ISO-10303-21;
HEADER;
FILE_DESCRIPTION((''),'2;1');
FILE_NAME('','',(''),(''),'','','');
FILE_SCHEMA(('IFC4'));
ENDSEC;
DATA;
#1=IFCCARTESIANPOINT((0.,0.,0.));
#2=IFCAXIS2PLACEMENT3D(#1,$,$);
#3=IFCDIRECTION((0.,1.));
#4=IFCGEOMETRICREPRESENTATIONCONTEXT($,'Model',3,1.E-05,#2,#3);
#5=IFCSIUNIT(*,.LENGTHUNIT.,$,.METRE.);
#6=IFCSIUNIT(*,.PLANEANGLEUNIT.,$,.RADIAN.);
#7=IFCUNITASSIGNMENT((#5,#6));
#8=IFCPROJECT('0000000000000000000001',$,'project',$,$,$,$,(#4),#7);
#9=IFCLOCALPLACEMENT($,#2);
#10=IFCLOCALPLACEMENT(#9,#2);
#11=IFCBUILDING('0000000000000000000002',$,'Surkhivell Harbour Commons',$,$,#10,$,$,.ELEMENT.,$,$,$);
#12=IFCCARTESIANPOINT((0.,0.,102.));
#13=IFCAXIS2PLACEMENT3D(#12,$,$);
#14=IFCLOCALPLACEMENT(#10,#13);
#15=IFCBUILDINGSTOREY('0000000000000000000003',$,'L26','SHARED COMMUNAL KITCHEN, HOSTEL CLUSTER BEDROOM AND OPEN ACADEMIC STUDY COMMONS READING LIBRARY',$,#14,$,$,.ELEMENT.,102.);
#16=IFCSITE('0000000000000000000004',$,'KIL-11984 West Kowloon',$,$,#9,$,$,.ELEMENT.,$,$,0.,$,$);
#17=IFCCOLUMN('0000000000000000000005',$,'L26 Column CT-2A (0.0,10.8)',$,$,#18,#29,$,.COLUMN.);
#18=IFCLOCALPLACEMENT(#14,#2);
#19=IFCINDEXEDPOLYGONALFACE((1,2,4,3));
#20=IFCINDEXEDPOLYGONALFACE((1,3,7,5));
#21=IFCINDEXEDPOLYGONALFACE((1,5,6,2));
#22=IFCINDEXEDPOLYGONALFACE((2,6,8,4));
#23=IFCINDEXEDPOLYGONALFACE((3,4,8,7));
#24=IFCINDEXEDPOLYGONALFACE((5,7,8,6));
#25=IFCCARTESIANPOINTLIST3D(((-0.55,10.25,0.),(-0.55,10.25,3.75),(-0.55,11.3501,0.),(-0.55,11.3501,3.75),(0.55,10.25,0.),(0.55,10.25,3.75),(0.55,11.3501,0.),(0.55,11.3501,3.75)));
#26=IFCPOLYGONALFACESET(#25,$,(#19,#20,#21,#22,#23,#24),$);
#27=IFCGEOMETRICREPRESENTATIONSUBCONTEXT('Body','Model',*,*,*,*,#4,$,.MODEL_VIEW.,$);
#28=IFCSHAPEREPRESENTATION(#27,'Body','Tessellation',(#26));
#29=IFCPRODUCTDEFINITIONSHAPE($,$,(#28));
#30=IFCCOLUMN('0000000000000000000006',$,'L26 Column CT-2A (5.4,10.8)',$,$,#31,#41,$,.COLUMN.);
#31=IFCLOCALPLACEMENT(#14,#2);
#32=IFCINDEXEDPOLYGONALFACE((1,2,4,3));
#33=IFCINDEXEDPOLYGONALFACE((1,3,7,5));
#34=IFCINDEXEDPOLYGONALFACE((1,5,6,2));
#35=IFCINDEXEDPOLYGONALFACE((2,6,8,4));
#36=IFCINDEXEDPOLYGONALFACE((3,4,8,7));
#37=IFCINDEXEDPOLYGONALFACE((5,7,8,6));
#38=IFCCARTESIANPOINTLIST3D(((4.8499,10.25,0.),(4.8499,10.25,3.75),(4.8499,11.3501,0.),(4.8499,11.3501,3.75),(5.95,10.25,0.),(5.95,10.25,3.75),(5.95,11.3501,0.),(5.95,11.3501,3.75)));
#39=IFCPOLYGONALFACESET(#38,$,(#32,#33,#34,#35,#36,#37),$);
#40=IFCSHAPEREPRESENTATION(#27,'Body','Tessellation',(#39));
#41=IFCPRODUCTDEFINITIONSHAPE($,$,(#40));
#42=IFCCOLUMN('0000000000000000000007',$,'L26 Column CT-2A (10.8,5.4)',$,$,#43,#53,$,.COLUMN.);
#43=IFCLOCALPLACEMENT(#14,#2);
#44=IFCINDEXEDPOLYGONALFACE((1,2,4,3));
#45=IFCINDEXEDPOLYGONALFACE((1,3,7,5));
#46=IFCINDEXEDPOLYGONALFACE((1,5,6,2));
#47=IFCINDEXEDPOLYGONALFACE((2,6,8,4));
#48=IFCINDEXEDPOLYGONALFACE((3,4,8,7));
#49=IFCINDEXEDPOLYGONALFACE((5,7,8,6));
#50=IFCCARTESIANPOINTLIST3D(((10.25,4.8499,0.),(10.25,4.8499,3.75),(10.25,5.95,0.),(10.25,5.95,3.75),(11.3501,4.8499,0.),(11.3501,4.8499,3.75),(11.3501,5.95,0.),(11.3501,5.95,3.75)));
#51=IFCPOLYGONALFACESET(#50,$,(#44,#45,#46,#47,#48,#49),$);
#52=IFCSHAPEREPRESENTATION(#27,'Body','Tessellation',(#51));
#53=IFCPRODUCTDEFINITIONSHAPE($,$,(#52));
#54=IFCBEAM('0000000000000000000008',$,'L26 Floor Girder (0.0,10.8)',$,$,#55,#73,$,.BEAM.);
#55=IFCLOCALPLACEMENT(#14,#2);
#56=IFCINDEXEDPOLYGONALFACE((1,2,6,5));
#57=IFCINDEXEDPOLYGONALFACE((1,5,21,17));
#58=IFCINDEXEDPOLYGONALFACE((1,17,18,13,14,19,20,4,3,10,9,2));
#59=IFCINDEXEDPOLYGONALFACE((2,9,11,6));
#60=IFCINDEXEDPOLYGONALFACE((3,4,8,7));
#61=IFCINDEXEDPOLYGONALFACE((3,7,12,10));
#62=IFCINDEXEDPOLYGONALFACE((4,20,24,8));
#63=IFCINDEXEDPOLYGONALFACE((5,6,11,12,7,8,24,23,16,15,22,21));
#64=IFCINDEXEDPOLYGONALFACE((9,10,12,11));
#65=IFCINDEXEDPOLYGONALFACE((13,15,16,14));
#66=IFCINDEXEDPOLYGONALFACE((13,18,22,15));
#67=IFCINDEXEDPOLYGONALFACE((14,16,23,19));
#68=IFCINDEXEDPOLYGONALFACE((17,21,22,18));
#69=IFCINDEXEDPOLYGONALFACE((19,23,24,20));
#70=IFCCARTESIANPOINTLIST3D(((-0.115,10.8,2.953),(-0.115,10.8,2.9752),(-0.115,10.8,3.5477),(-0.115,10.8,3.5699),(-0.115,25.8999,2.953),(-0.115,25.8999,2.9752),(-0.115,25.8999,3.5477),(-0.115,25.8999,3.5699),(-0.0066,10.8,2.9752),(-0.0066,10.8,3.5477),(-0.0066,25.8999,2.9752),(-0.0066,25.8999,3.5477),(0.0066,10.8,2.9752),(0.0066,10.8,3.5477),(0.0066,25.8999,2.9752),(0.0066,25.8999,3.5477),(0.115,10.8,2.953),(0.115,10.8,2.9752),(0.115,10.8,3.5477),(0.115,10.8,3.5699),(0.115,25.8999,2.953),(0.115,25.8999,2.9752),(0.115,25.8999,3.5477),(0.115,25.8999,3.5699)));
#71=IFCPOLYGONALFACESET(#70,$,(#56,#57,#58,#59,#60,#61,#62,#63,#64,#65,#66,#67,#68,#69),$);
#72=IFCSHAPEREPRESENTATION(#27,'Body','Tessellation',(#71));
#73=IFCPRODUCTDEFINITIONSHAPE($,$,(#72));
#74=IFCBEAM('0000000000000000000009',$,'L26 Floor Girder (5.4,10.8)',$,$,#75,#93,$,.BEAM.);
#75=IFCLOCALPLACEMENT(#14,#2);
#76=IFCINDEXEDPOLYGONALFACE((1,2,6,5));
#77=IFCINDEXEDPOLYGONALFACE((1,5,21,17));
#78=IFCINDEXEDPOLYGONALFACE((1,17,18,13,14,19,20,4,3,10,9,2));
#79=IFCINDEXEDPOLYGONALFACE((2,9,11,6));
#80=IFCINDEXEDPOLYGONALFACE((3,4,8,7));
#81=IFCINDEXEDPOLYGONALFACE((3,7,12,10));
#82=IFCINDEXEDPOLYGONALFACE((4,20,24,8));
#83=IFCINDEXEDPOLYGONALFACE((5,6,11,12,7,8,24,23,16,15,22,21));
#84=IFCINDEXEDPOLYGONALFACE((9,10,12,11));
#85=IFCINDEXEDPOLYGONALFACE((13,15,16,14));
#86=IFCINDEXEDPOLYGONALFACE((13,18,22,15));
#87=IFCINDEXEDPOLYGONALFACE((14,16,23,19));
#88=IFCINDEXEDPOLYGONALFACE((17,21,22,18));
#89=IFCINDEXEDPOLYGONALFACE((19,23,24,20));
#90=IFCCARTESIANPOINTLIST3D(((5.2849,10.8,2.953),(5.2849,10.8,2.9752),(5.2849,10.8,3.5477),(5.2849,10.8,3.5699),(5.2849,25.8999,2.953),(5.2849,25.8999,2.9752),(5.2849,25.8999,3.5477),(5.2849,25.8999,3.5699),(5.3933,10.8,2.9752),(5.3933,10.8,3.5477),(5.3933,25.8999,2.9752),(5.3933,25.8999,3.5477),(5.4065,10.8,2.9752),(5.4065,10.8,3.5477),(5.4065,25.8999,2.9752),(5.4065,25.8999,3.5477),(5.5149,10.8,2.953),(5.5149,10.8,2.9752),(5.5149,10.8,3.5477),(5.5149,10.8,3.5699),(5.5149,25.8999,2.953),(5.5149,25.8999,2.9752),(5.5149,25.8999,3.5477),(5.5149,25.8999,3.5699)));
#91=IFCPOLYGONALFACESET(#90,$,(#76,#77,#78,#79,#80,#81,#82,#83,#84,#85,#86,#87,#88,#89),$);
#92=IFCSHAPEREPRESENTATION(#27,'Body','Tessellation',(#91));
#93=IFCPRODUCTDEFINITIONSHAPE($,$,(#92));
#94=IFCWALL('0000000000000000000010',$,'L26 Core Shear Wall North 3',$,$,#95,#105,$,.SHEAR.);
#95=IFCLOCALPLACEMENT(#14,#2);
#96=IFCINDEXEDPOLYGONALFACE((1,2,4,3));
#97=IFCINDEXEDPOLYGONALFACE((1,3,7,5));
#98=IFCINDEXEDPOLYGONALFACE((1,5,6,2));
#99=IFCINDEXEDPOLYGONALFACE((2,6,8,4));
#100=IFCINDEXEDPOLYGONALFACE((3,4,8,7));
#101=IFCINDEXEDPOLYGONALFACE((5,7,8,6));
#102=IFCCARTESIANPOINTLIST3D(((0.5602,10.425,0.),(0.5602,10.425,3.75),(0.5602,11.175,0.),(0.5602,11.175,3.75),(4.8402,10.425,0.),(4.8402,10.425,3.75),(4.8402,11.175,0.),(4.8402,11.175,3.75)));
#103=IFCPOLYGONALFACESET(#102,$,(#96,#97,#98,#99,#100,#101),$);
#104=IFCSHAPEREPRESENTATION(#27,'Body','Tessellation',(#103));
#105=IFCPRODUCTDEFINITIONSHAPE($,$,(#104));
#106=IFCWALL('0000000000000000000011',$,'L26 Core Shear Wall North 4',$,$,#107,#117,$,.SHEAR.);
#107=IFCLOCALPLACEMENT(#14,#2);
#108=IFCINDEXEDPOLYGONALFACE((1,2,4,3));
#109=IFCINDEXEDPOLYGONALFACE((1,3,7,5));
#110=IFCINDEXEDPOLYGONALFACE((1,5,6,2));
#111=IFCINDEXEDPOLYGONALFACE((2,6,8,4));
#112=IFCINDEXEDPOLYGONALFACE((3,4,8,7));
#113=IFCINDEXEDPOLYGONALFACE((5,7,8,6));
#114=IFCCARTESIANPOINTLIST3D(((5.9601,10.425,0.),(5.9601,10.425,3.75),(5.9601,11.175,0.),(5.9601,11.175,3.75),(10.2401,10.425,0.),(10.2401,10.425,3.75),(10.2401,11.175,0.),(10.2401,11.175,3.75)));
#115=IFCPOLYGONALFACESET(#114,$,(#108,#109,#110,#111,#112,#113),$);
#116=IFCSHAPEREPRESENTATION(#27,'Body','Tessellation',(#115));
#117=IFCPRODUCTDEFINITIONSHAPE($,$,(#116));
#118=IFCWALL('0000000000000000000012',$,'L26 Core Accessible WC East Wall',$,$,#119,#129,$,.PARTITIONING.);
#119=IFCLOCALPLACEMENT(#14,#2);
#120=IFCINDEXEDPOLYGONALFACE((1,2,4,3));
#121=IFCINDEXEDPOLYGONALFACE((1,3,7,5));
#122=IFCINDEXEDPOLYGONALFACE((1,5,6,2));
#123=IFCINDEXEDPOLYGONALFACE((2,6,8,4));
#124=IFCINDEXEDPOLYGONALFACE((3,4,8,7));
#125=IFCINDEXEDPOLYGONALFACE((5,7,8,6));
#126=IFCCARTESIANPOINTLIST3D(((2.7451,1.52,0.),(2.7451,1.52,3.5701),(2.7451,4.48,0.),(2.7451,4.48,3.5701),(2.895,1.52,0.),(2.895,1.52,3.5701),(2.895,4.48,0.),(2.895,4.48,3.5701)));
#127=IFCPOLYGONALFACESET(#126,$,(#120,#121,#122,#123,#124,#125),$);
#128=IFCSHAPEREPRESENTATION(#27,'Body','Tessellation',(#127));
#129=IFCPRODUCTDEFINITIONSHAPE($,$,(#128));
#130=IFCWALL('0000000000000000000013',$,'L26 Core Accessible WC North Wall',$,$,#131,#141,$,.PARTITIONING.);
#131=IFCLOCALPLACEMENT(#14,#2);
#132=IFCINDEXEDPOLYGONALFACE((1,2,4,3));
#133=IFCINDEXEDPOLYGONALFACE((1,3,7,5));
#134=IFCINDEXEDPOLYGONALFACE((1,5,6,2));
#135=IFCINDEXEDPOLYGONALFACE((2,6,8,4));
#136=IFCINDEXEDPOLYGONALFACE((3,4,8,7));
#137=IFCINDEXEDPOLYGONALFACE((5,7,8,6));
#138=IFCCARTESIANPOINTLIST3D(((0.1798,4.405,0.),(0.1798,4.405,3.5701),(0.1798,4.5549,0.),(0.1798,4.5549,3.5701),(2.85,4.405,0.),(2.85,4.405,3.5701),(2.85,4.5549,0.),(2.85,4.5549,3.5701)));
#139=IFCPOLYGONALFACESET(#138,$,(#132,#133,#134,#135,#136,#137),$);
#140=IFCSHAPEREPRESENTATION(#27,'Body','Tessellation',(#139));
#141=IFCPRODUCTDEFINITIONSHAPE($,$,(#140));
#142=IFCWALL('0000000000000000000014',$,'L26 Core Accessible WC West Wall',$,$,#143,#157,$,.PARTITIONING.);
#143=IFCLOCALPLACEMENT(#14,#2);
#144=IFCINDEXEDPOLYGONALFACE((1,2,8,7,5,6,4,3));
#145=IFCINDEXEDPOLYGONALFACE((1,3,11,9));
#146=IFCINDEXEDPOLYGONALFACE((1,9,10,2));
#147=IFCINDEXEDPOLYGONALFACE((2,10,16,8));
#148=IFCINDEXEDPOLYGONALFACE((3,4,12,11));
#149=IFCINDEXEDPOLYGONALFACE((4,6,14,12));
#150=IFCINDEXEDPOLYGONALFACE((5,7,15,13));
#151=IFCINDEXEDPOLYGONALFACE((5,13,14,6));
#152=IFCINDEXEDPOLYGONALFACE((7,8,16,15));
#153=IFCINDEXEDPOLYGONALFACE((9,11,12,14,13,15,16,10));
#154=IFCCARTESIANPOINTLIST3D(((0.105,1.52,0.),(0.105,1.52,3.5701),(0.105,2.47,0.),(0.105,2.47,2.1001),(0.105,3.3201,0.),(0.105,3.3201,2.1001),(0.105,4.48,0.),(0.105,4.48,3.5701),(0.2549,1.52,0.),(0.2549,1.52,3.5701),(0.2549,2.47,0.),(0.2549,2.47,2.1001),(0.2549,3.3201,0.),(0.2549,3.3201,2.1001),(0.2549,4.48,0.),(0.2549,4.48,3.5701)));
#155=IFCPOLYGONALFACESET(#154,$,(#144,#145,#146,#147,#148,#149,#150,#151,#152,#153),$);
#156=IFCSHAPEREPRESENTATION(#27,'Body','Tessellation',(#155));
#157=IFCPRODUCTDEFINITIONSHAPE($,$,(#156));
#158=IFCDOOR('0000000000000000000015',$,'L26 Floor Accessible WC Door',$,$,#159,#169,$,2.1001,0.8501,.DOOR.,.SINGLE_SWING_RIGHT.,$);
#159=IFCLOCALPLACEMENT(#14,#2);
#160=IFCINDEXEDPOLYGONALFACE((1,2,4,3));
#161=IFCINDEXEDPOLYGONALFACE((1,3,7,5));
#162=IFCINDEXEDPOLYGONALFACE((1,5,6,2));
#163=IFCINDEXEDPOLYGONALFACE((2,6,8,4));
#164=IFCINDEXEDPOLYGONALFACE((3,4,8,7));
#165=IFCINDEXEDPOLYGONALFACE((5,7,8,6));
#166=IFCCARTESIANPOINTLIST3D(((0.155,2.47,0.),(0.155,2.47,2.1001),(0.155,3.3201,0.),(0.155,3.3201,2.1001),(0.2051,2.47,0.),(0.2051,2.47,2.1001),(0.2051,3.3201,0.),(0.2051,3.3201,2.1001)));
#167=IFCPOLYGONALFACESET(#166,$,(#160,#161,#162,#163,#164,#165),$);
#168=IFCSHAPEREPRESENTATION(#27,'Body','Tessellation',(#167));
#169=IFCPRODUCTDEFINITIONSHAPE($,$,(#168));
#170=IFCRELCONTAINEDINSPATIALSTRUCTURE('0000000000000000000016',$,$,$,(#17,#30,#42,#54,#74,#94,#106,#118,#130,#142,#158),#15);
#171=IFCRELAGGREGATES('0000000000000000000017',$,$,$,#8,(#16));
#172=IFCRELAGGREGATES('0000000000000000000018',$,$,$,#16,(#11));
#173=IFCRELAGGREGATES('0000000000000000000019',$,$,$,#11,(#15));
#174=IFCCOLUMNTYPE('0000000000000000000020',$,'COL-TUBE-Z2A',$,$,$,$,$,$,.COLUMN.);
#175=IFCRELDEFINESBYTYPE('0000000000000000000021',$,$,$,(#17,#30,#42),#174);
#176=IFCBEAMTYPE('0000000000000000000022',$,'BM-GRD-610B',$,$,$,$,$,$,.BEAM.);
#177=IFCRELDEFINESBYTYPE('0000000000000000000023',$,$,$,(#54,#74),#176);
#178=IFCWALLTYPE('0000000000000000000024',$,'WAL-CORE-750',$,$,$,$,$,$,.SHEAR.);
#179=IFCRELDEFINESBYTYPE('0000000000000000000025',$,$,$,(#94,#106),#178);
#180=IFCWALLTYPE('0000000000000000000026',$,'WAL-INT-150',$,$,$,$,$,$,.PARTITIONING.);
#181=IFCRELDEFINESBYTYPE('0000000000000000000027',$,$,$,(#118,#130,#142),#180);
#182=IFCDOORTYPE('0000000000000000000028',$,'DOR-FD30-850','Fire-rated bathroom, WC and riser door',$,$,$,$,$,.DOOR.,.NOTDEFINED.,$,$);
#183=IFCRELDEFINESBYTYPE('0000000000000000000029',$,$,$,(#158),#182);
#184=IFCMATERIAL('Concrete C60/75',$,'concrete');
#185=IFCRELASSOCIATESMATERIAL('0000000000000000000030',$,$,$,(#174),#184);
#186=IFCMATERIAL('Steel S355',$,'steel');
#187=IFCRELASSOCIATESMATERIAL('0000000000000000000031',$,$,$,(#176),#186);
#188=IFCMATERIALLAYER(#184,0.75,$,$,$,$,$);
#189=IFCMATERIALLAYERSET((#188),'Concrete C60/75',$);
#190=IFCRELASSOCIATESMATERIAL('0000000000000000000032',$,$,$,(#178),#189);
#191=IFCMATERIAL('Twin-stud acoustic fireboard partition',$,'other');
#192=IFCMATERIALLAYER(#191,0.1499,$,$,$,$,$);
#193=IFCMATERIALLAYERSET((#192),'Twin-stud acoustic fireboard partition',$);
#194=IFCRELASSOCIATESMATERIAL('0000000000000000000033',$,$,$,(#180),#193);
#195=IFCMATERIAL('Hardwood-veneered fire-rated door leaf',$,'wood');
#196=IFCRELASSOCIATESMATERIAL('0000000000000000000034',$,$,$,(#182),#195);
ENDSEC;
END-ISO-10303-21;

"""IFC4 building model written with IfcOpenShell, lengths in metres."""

from ifc_helpers import new_model, si_unit, direction, frame, frame_2d, origin, origin_2d, place, context, subcontext, project, spatial, rectangle, i_section, extrude, material, layer, layer_set, material_profile, profile_set, type_object, element, fill, save


model = new_model("IFC4")

# Units and contexts
model_context = context("Model", 3, precision=1e-05, world=origin(), true_north=direction((0.0, 1.0)))
body_context = subcontext(model_context, "Body", "Model", "MODEL_VIEW")
ifc_project = project(units=[si_unit("LENGTHUNIT", "METRE"), si_unit("PLANEANGLEUNIT", "RADIAN")], contexts=[model_context])

# Site, building, storey
site_placement = place(None, origin())
site = spatial("IfcSite", under=ifc_project, at=site_placement, Name="KIL-11984 West Kowloon", CompositionType="ELEMENT", RefElevation=0.0)
building_placement = place(site_placement, origin())
building = spatial("IfcBuilding", under=site, at=building_placement, Name="Surkhivell Harbour Commons", CompositionType="ELEMENT")
storey_placement = place(building_placement, frame((0.0, 0.0, 102.0)))
storey = spatial("IfcBuildingStorey", under=building, at=storey_placement, Name="L26", Description="SHARED COMMUNAL KITCHEN, HOSTEL CLUSTER BEDROOM AND OPEN ACADEMIC STUDY COMMONS READING LIBRARY", CompositionType="ELEMENT", Elevation=102.0)

# Columns
ifc_material_1 = material(Name="Concrete C60/75", Category="concrete")
ifc_material_profile_1 = material_profile(ifc_material_1, rectangle(XDim=1.1001, YDim=1.1001, at=origin_2d()), Name="RC-COL-1100x1100")
ifc_profile_set_1 = profile_set([ifc_material_profile_1], Name="Concrete C60/75")
column_type = type_object("IfcColumnType", Name="COL-TUBE-Z2A", PredefinedType="COLUMN", material=ifc_profile_set_1)
for number, where, z_axis, x_axis, name in (
    (1, (0.0, 10.8, 0.0), (0.0, 0.0, 1.0), (1.0, 0.0, 0.0), "L26 Column CT-2A (0.0,10.8)"),
    (2, (5.3999, 10.8, 0.0), (0.0, 0.0, 1.0), (1.0, 0.0, 0.0), "L26 Column CT-2A (5.4,10.8)"),
    (3, (10.8, 5.3999, 0.0), (0.0, 0.0, 1.0), (1.0, 0.0, 0.0), "L26 Column CT-2A (10.8,5.4)"),
):
    element("IfcColumn", number, at=place(storey_placement, frame(where, z_axis=z_axis, x_axis=x_axis)), inside=storey, type_object=column_type, Name=name, PredefinedType="COLUMN", context=body_context, shape_type="SweptSolid", body=[
        extrude(rectangle(XDim=1.1001, YDim=1.1001, at=origin_2d()), origin(), (0.0, 0.0, 1.0), 3.75),
    ])

# Beams
ifc_material_2 = material(Name="Steel S355", Category="steel")
ifc_material_profile_2 = material_profile(ifc_material_2, i_section(OverallWidth=0.23, OverallDepth=0.6169, WebThickness=0.0132, FlangeThickness=0.0222, at=origin_2d()), Name="UB610x229x140")
ifc_profile_set_2 = profile_set([ifc_material_profile_2], Name="Steel S355")
beam_type = type_object("IfcBeamType", Name="BM-GRD-610B", PredefinedType="BEAM", material=ifc_profile_set_2)
for number, where, z_axis, x_axis, name in (
    (4, (0.0, 10.8, 3.2615), (0.0, 1.0, 0.0), (-1.0, 0.0, 0.0), "L26 Floor Girder (0.0,10.8)"),
    (5, (5.3999, 10.8, 3.2615), (0.0, 1.0, 0.0), (-1.0, 0.0, 0.0), "L26 Floor Girder (5.4,10.8)"),
):
    element("IfcBeam", number, at=place(storey_placement, frame(where, z_axis=z_axis, x_axis=x_axis)), inside=storey, type_object=beam_type, Name=name, PredefinedType="BEAM", context=body_context, shape_type="SweptSolid", body=[
        extrude(i_section(OverallWidth=0.23, OverallDepth=0.6169, WebThickness=0.0132, FlangeThickness=0.0222, at=origin_2d()), origin(), (0.0, 0.0, 1.0), 15.0999),
    ])

# Walls
ifc_layer_1 = layer(ifc_material_1, 0.75)
ifc_layer_set_1 = layer_set([ifc_layer_1], Name="Concrete C60/75")
wall_type_1 = type_object("IfcWallType", Name="WAL-CORE-750", PredefinedType="SHEAR", material=ifc_layer_set_1)
for number, where, z_axis, x_axis, name in (
    (6, (0.5601, 10.8, 0.0), (0.0, 0.0, 1.0), (1.0, 0.0, 0.0), "L26 Core Shear Wall North 3"),
    (7, (5.96, 10.8, 0.0), (0.0, 0.0, 1.0), (1.0, 0.0, 0.0), "L26 Core Shear Wall North 4"),
):
    element("IfcWall", number, at=place(storey_placement, frame(where, z_axis=z_axis, x_axis=x_axis)), inside=storey, type_object=wall_type_1, Name=name, PredefinedType="SHEAR", context=body_context, shape_type="SweptSolid", body=[
        extrude(rectangle(XDim=4.28, YDim=0.75, at=frame_2d((2.1401, 0.0))), origin(), (0.0, 0.0, 1.0), 3.75),
    ])
ifc_material_3 = material(Name="Twin-stud acoustic fireboard partition", Category="other")
ifc_layer_2 = layer(ifc_material_3, 0.1499)
ifc_layer_set_2 = layer_set([ifc_layer_2], Name="Twin-stud acoustic fireboard partition")
wall_type_2 = type_object("IfcWallType", Name="WAL-INT-150", PredefinedType="PARTITIONING", material=ifc_layer_set_2)
wall_1_placement = place(storey_placement, frame((2.8201, 1.52, 0.0), z_axis=(0.0, 0.0, 1.0), x_axis=(0.0, 1.0, 0.0)))
element("IfcWall", 8, at=wall_1_placement, inside=storey, type_object=wall_type_2, Name="L26 Core Accessible WC East Wall", PredefinedType="PARTITIONING", context=body_context, shape_type="SweptSolid", body=[
    extrude(rectangle(XDim=2.96, YDim=0.1499, at=frame_2d((1.48, 0.0))), origin(), (0.0, 0.0, 1.0), 3.5701),
])
wall_2_placement = place(storey_placement, frame((0.1799, 4.48, 0.0), z_axis=(0.0, 0.0, 1.0), x_axis=(1.0, 0.0, 0.0)))
element("IfcWall", 9, at=wall_2_placement, inside=storey, type_object=wall_type_2, Name="L26 Core Accessible WC North Wall", PredefinedType="PARTITIONING", context=body_context, shape_type="SweptSolid", body=[
    extrude(rectangle(XDim=2.6702, YDim=0.1499, at=frame_2d((1.335, 0.0))), origin(), (0.0, 0.0, 1.0), 3.5701),
])

# Wall, opening, door
wall_3_placement = place(storey_placement, frame((0.1799, 1.52, 0.0), z_axis=(0.0, 0.0, 1.0), x_axis=(0.0, 1.0, 0.0)))
wall_3 = element("IfcWall", 10, at=wall_3_placement, inside=storey, type_object=wall_type_2, Name="L26 Core Accessible WC West Wall", PredefinedType="PARTITIONING", context=body_context, shape_type="SweptSolid", body=[
    extrude(rectangle(XDim=2.96, YDim=0.1499, at=frame_2d((1.48, 0.0))), origin(), (0.0, 0.0, 1.0), 3.5701),
])
opening_1_placement = place(wall_3_placement, frame((0.95, 0.0, 0.0)))
opening_1 = element("IfcOpeningElement", 11, at=opening_1_placement, cuts=wall_3, PredefinedType="OPENING", context=body_context, shape_type="SweptSolid", body=[
    extrude(rectangle(XDim=0.8501, YDim=2.1001, at=frame_2d((0.425, 1.05))), frame((0.0, 0.085, 0.0), z_axis=(0.0, -1.0, 0.0), x_axis=(1.0, 0.0, 0.0)), (0.0, 0.0, 1.0), 0.1699),
])
ifc_material_4 = material(Name="Hardwood-veneered fire-rated door leaf", Category="wood")
door_type_1 = type_object("IfcDoorType", Name="DOR-FD30-850", Description="Fire-rated bathroom, WC and riser door", OperationType="NOTDEFINED", PredefinedType="DOOR", material=ifc_material_4)
door_1_placement = place(opening_1_placement, origin())
door_1 = element("IfcDoor", 12, at=door_1_placement, inside=storey, type_object=door_type_1, Name="L26 Floor Accessible WC Door", OperationType="SINGLE_SWING_RIGHT", OverallHeight=2.1001, OverallWidth=0.8501, PredefinedType="DOOR", context=body_context, shape_type="SweptSolid", body=[
    extrude(rectangle(XDim=0.8501, YDim=2.1001, at=frame_2d((0.425, 1.05))), frame((0.0, 0.0249, 0.0), z_axis=(0.0, -1.0, 0.0), x_axis=(1.0, 0.0, 0.0)), (0.0, 0.0, 1.0), 0.05),
])
fill(opening_1, door_1)

save(model, "model.ifc")
